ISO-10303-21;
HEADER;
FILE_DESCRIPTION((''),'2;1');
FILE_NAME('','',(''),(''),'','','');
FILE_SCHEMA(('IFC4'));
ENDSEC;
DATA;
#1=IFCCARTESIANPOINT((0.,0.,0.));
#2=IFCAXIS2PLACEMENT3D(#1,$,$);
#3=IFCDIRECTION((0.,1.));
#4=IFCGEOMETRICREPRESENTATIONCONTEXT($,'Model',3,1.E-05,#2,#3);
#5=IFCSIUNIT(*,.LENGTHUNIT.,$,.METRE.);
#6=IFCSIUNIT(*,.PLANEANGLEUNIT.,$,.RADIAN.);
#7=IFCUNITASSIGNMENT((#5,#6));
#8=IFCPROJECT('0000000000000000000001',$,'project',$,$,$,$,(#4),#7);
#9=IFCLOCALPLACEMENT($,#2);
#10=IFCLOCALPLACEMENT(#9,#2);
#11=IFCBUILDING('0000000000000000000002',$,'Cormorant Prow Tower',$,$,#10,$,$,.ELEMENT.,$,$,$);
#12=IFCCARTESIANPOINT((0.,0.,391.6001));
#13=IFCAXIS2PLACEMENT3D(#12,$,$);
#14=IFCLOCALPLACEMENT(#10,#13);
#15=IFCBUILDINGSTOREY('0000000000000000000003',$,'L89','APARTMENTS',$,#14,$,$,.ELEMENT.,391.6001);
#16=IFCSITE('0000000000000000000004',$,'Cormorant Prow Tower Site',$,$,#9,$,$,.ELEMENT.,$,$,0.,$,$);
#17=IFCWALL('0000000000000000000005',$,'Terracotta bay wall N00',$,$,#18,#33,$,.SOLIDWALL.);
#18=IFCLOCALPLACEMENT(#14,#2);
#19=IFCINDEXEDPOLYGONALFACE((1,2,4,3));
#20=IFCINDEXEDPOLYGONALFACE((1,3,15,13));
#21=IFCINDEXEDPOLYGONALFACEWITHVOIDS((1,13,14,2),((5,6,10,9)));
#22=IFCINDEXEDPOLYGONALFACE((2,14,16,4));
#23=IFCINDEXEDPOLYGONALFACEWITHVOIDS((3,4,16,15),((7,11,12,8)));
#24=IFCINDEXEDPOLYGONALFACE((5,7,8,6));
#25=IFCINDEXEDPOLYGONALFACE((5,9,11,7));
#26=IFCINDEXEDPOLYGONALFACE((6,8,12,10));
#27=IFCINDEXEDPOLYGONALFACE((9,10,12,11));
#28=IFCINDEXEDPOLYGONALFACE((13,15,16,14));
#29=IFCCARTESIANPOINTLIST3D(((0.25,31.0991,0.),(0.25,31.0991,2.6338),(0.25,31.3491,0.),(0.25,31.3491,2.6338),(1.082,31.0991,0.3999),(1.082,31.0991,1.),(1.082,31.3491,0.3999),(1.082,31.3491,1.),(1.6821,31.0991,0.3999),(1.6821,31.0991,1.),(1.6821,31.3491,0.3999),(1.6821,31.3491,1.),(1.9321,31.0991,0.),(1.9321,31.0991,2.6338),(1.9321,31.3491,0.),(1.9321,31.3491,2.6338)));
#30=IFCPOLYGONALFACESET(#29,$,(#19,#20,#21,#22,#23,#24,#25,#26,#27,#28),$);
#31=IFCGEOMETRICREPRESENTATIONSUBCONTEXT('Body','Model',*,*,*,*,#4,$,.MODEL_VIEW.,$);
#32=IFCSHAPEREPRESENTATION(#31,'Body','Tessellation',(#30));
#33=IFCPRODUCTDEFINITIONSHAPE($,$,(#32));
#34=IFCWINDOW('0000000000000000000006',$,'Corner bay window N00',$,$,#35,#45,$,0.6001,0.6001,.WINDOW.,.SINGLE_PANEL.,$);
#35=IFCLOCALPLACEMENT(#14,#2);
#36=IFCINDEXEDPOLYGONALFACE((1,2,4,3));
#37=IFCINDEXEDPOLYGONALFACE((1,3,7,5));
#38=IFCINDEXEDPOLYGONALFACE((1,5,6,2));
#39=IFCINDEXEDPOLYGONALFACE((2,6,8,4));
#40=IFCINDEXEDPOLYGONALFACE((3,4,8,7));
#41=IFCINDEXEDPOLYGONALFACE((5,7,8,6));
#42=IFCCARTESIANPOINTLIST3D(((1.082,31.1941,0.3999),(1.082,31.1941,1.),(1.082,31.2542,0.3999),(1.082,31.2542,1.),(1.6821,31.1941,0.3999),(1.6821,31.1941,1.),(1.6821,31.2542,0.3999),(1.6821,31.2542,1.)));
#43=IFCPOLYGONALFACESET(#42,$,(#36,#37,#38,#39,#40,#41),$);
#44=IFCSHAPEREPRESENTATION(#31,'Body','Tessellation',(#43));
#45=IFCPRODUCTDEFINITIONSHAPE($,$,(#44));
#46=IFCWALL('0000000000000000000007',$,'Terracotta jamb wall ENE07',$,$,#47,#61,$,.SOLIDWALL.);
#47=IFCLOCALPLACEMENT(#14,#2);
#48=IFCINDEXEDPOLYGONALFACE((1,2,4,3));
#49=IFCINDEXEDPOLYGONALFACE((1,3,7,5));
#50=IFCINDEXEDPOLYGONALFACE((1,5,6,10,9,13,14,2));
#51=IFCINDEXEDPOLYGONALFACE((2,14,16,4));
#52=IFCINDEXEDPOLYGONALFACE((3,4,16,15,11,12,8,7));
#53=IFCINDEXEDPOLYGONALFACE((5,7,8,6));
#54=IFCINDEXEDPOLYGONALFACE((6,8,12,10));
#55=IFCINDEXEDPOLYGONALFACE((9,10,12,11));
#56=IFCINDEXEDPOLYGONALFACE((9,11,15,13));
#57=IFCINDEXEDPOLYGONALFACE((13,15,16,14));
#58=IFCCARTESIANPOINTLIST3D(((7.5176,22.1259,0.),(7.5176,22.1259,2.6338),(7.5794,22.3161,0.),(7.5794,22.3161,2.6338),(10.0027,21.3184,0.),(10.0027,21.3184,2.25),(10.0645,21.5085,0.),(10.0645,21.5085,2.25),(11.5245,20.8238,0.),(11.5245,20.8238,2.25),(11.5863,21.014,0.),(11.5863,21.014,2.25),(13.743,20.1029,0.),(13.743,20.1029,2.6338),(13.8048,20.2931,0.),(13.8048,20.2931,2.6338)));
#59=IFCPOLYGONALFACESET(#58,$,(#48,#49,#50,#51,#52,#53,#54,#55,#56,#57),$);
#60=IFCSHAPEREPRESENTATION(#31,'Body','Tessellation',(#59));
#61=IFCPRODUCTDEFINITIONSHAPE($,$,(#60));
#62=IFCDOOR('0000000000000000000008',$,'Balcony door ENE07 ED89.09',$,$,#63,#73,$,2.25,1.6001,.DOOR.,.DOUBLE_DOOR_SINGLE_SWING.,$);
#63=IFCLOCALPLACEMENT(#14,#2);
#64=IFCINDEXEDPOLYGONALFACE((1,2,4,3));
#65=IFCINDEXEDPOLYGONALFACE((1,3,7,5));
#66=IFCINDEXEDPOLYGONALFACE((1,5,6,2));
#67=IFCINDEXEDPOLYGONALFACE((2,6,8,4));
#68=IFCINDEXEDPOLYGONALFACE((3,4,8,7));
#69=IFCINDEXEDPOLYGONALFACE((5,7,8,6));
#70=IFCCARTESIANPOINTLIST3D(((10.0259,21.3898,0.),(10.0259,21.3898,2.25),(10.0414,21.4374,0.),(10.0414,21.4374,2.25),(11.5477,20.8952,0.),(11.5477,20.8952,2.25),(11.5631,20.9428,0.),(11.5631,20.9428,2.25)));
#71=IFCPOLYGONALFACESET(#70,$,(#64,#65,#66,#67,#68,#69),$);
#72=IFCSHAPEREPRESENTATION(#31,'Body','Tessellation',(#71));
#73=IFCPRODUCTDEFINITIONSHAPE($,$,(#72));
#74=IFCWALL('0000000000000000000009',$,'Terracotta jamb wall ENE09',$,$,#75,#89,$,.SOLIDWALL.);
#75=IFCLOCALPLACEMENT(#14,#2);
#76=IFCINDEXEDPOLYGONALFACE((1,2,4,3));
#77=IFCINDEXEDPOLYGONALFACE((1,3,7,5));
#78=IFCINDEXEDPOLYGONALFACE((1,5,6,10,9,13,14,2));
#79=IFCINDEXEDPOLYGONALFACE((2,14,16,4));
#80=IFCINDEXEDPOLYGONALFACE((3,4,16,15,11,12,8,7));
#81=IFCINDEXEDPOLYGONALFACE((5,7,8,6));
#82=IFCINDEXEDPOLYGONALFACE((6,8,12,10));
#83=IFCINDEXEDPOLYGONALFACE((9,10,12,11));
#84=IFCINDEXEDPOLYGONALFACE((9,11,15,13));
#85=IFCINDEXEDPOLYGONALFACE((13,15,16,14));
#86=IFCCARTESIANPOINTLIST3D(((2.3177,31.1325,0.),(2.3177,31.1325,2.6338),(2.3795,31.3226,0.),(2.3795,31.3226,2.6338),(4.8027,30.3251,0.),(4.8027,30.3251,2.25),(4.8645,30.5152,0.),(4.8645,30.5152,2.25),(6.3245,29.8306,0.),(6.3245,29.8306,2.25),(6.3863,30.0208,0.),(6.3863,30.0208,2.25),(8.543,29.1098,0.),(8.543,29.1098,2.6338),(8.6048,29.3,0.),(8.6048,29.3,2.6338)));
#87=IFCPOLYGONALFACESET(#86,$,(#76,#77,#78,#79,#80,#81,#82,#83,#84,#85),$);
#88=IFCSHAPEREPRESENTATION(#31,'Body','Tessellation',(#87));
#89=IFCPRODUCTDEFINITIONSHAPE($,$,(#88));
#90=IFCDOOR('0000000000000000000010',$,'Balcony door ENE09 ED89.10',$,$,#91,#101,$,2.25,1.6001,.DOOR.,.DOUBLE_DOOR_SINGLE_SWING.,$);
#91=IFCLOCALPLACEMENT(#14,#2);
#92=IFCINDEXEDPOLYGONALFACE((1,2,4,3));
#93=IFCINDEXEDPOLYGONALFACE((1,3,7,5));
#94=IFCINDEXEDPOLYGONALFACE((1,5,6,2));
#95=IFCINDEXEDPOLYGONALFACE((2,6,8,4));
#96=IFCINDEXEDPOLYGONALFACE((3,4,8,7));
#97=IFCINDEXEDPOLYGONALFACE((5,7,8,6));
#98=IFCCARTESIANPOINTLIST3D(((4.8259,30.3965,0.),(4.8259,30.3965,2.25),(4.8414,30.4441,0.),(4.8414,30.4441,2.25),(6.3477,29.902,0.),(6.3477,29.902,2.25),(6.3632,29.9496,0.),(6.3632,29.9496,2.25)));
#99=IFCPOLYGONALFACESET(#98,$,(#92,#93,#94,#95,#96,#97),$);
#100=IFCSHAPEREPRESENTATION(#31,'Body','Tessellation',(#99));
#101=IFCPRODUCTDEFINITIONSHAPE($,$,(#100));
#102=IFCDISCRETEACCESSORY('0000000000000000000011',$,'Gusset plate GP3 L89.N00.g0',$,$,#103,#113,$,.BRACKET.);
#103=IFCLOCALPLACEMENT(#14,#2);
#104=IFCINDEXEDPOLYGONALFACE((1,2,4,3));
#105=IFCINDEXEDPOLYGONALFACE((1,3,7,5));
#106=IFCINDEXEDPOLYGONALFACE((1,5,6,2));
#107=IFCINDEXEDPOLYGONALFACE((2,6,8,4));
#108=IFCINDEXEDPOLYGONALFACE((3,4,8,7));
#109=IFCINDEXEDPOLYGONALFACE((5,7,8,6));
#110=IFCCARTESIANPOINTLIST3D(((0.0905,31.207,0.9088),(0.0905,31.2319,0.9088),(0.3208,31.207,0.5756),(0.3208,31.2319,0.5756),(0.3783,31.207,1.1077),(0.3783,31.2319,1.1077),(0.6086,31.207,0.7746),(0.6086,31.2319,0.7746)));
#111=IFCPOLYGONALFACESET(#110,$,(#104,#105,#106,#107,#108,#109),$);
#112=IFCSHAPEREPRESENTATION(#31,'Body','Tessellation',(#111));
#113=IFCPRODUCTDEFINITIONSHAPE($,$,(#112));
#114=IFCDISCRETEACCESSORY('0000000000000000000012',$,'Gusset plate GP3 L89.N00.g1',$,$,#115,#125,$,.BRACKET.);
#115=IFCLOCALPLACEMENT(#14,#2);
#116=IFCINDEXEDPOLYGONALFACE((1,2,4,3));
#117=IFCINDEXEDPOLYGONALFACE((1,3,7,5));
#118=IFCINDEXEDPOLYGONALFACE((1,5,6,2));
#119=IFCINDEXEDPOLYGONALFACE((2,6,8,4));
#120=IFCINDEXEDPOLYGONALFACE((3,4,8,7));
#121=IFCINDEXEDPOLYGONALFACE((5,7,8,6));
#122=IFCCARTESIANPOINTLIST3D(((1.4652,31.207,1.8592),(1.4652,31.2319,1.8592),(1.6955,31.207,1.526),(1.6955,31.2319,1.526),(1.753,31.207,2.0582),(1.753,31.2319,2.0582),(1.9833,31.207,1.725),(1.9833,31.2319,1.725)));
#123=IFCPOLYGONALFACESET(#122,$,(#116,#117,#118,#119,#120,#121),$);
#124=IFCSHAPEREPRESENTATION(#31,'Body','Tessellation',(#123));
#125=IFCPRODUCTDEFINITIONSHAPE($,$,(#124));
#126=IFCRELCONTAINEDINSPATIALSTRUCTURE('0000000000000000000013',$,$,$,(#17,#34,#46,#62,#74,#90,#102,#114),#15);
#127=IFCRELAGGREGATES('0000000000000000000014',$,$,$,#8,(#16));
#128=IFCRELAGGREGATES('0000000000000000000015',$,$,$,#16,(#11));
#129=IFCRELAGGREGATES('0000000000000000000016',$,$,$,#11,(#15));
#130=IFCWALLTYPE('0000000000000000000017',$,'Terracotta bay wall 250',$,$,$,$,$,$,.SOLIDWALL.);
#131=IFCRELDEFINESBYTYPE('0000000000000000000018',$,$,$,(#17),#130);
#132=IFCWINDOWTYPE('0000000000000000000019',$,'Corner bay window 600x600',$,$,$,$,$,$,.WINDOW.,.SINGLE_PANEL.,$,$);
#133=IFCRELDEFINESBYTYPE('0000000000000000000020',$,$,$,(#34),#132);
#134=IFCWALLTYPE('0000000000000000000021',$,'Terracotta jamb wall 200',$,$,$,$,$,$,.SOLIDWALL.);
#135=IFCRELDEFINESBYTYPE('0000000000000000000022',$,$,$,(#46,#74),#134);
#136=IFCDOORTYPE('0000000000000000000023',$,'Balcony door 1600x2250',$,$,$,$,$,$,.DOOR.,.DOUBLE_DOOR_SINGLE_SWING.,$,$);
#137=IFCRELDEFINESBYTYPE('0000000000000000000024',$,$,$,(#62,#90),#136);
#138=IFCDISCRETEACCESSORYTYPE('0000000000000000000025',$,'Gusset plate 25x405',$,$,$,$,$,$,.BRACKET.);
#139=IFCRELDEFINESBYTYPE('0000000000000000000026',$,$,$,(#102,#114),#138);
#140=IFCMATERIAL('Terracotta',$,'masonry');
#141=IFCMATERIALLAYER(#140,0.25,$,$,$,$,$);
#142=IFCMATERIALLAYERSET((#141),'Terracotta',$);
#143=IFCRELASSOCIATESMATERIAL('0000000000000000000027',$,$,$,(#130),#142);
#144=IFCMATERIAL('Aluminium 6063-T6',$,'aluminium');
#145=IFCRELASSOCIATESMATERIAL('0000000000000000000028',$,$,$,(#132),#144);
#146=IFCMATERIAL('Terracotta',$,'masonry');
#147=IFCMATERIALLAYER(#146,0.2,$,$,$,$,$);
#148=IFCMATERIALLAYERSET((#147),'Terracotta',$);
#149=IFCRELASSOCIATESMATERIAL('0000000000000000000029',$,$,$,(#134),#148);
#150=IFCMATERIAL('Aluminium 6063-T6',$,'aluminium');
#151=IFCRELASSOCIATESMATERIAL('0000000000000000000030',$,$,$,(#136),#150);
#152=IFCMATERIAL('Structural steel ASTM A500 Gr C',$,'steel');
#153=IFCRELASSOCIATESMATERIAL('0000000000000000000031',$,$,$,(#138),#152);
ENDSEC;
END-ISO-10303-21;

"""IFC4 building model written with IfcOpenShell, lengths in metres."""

from ifc_helpers import new_model, si_unit, direction, frame, frame_2d, origin, origin_2d, place, context, subcontext, project, spatial, rectangle, extrude, material, layer, layer_set, material_profile, profile_set, type_object, element, fill, save


model = new_model("IFC4")

# Units and contexts
model_context = context("Model", 3, precision=1e-05, world=origin(), true_north=direction((0.0, 1.0)))
body_context = subcontext(model_context, "Body", "Model", "MODEL_VIEW")
ifc_project = project(units=[si_unit("LENGTHUNIT", "METRE"), si_unit("PLANEANGLEUNIT", "RADIAN")], contexts=[model_context])

# Site, building, storey
site_placement = place(None, origin())
site = spatial("IfcSite", under=ifc_project, at=site_placement, Name="Cormorant Prow Tower Site", CompositionType="ELEMENT", RefElevation=0.0)
building_placement = place(site_placement, origin())
building = spatial("IfcBuilding", under=site, at=building_placement, Name="Cormorant Prow Tower", CompositionType="ELEMENT")
storey_placement = place(building_placement, frame((0.0, 0.0, 391.6001)))
storey = spatial("IfcBuildingStorey", under=building, at=storey_placement, Name="L89", Description="APARTMENTS", CompositionType="ELEMENT", Elevation=391.6001)

# Wall, opening, window
ifc_material_1 = material(Name="Terracotta", Category="masonry")
ifc_layer_1 = layer(ifc_material_1, 0.25)
ifc_layer_set_1 = layer_set([ifc_layer_1], Name="Terracotta")
wall_type_1 = type_object("IfcWallType", Name="Terracotta bay wall 250", PredefinedType="SOLIDWALL", material=ifc_layer_set_1)
wall_1_placement = place(storey_placement, frame((1.9321, 31.2241, 0.0), z_axis=(0.0, 0.0, 1.0), x_axis=(-1.0, 0.0, 0.0)))
wall_1 = element("IfcWall", 1, at=wall_1_placement, inside=storey, type_object=wall_type_1, Name="Terracotta bay wall N00", PredefinedType="SOLIDWALL", context=body_context, shape_type="SweptSolid", body=[
    extrude(rectangle(XDim=1.6821, YDim=0.25, at=frame_2d((0.8411, 0.0))), origin(), (0.0, 0.0, 1.0), 2.6338),
])
opening_1_placement = place(wall_1_placement, frame((0.25, 0.0, 0.3999)))
opening_1 = element("IfcOpeningElement", 2, at=opening_1_placement, cuts=wall_1, PredefinedType="OPENING", context=body_context, shape_type="SweptSolid", body=[
    extrude(rectangle(XDim=0.6001, YDim=0.6001, at=frame_2d((0.3, 0.3))), frame((0.0, 0.135, 0.0), z_axis=(0.0, -1.0, 0.0), x_axis=(1.0, 0.0, 0.0)), (0.0, 0.0, 1.0), 0.27),
])
ifc_material_2 = material(Name="Aluminium 6063-T6", Category="aluminium")
window_type = type_object("IfcWindowType", Name="Corner bay window 600x600", PartitioningType="SINGLE_PANEL", PredefinedType="WINDOW", material=ifc_material_2)
window_placement = place(opening_1_placement, origin())
window = element("IfcWindow", 3, at=window_placement, inside=storey, type_object=window_type, Name="Corner bay window N00", OverallHeight=0.6001, OverallWidth=0.6001, PartitioningType="SINGLE_PANEL", PredefinedType="WINDOW", context=body_context, shape_type="SweptSolid", body=[
    extrude(rectangle(XDim=0.6001, YDim=0.6001, at=frame_2d((0.3, 0.3))), frame((0.0, 0.03, 0.0), z_axis=(0.0, -1.0, 0.0), x_axis=(1.0, 0.0, 0.0)), (0.0, 0.0, 1.0), 0.0601),
])
fill(opening_1, window)

# Walls, openings, doors
ifc_material_3 = material(Name="Terracotta", Category="masonry")
ifc_layer_2 = layer(ifc_material_3, 0.2)
ifc_layer_set_2 = layer_set([ifc_layer_2], Name="Terracotta")
wall_type_2 = type_object("IfcWallType", Name="Terracotta jamb wall 200", PredefinedType="SOLIDWALL", material=ifc_layer_set_2)
wall_2_placement = place(storey_placement, frame((13.7739, 20.198, 0.0), z_axis=(0.0, 0.0, 1.0), x_axis=(-0.951047, 0.309046, 0.0)))
wall_2 = element("IfcWall", 4, at=wall_2_placement, inside=storey, type_object=wall_type_2, Name="Terracotta jamb wall ENE07", PredefinedType="SOLIDWALL", context=body_context, shape_type="SweptSolid", body=[
    extrude(rectangle(XDim=6.5459, YDim=0.2, at=frame_2d((3.2729, 0.0))), origin(), (0.0, 0.0, 1.0), 2.6338),
])
opening_2_placement = place(wall_2_placement, frame((2.3328, 0.0, 0.0)))
opening_2 = element("IfcOpeningElement", 5, at=opening_2_placement, cuts=wall_2, PredefinedType="OPENING", context=body_context, shape_type="SweptSolid", body=[
    extrude(rectangle(XDim=1.6001, YDim=2.25, at=frame_2d((0.8, 1.125))), frame((0.0, 0.1099, 0.0), z_axis=(0.0, -1.0, 0.0), x_axis=(1.0, 0.0, 0.0)), (0.0, 0.0, 1.0), 0.22),
])
ifc_material_4 = material(Name="Aluminium 6063-T6", Category="aluminium")
door_type_1 = type_object("IfcDoorType", Name="Balcony door 1600x2250", OperationType="DOUBLE_DOOR_SINGLE_SWING", PredefinedType="DOOR", material=ifc_material_4)
door_1_placement = place(opening_2_placement, origin())
door_1 = element("IfcDoor", 6, at=door_1_placement, inside=storey, type_object=door_type_1, Name="Balcony door ENE07 ED89.09", OperationType="DOUBLE_DOOR_SINGLE_SWING", OverallHeight=2.25, OverallWidth=1.6001, PredefinedType="DOOR", context=body_context, shape_type="SweptSolid", body=[
    extrude(rectangle(XDim=1.6001, YDim=2.25, at=frame_2d((0.8, 1.125))), frame((0.0, 0.0249, 0.0), z_axis=(0.0, -1.0, 0.0), x_axis=(1.0, 0.0, 0.0)), (0.0, 0.0, 1.0), 0.05),
])
fill(opening_2, door_1)
wall_3_placement = place(storey_placement, frame((8.574, 29.2048, 0.0), z_axis=(0.0, 0.0, 1.0), x_axis=(-0.951058, 0.309013, 0.0)))
wall_3 = element("IfcWall", 7, at=wall_3_placement, inside=storey, type_object=wall_type_2, Name="Terracotta jamb wall ENE09", PredefinedType="SOLIDWALL", context=body_context, shape_type="SweptSolid", body=[
    extrude(rectangle(XDim=6.5457, YDim=0.2, at=frame_2d((3.2729, 0.0))), origin(), (0.0, 0.0, 1.0), 2.6338),
])
opening_3_placement = place(wall_3_placement, frame((2.3328, 0.0, 0.0)))
opening_3 = element("IfcOpeningElement", 8, at=opening_3_placement, cuts=wall_3, PredefinedType="OPENING", context=body_context, shape_type="SweptSolid", body=[
    extrude(rectangle(XDim=1.6001, YDim=2.25, at=frame_2d((0.8, 1.125))), frame((0.0, 0.1099, 0.0), z_axis=(0.0, -1.0, 0.0), x_axis=(1.0, 0.0, 0.0)), (0.0, 0.0, 1.0), 0.22),
])
door_2_placement = place(opening_3_placement, origin())
door_2 = element("IfcDoor", 9, at=door_2_placement, inside=storey, type_object=door_type_1, Name="Balcony door ENE09 ED89.10", OperationType="DOUBLE_DOOR_SINGLE_SWING", OverallHeight=2.25, OverallWidth=1.6001, PredefinedType="DOOR", context=body_context, shape_type="SweptSolid", body=[
    extrude(rectangle(XDim=1.6001, YDim=2.25, at=frame_2d((0.8, 1.125))), frame((0.0, 0.0249, 0.0), z_axis=(0.0, -1.0, 0.0), x_axis=(1.0, 0.0, 0.0)), (0.0, 0.0, 1.0), 0.05),
])
fill(opening_3, door_2)

# Discrete accessories
ifc_material_5 = material(Name="Structural steel ASTM A500 Gr C", Category="steel")
ifc_material_profile_1 = material_profile(ifc_material_5, rectangle(XDim=0.0249, YDim=0.405, at=origin_2d()), Name="Gusset plate 25x405")
ifc_profile_set_1 = profile_set([ifc_material_profile_1], Name="Structural steel ASTM A500 Gr C")
discrete_accessory_type = type_object("IfcDiscreteAccessoryType", Name="Gusset plate 25x405", PredefinedType="BRACKET", material=ifc_profile_set_1)
for number, where, z_axis, x_axis, name in (
    (10, (0.4934, 31.2195, 0.9412), (-0.822594, 0.0, -0.568629), (0.0, -1.0, 0.0), "Gusset plate GP3 L89.N00.g0"),
    (11, (1.5803, 31.2195, 1.6926), (0.822594, 0.0, 0.568629), (0.0, 1.0, 0.0), "Gusset plate GP3 L89.N00.g1"),
):
    element("IfcDiscreteAccessory", number, at=place(storey_placement, frame(where, z_axis=z_axis, x_axis=x_axis)), inside=storey, type_object=discrete_accessory_type, Name=name, PredefinedType="BRACKET", context=body_context, shape_type="SweptSolid", body=[
        extrude(rectangle(XDim=0.0249, YDim=0.405, at=origin_2d()), origin(), (0.0, 0.0, 1.0), 0.3499),
    ])

save(model, "model.ifc")
